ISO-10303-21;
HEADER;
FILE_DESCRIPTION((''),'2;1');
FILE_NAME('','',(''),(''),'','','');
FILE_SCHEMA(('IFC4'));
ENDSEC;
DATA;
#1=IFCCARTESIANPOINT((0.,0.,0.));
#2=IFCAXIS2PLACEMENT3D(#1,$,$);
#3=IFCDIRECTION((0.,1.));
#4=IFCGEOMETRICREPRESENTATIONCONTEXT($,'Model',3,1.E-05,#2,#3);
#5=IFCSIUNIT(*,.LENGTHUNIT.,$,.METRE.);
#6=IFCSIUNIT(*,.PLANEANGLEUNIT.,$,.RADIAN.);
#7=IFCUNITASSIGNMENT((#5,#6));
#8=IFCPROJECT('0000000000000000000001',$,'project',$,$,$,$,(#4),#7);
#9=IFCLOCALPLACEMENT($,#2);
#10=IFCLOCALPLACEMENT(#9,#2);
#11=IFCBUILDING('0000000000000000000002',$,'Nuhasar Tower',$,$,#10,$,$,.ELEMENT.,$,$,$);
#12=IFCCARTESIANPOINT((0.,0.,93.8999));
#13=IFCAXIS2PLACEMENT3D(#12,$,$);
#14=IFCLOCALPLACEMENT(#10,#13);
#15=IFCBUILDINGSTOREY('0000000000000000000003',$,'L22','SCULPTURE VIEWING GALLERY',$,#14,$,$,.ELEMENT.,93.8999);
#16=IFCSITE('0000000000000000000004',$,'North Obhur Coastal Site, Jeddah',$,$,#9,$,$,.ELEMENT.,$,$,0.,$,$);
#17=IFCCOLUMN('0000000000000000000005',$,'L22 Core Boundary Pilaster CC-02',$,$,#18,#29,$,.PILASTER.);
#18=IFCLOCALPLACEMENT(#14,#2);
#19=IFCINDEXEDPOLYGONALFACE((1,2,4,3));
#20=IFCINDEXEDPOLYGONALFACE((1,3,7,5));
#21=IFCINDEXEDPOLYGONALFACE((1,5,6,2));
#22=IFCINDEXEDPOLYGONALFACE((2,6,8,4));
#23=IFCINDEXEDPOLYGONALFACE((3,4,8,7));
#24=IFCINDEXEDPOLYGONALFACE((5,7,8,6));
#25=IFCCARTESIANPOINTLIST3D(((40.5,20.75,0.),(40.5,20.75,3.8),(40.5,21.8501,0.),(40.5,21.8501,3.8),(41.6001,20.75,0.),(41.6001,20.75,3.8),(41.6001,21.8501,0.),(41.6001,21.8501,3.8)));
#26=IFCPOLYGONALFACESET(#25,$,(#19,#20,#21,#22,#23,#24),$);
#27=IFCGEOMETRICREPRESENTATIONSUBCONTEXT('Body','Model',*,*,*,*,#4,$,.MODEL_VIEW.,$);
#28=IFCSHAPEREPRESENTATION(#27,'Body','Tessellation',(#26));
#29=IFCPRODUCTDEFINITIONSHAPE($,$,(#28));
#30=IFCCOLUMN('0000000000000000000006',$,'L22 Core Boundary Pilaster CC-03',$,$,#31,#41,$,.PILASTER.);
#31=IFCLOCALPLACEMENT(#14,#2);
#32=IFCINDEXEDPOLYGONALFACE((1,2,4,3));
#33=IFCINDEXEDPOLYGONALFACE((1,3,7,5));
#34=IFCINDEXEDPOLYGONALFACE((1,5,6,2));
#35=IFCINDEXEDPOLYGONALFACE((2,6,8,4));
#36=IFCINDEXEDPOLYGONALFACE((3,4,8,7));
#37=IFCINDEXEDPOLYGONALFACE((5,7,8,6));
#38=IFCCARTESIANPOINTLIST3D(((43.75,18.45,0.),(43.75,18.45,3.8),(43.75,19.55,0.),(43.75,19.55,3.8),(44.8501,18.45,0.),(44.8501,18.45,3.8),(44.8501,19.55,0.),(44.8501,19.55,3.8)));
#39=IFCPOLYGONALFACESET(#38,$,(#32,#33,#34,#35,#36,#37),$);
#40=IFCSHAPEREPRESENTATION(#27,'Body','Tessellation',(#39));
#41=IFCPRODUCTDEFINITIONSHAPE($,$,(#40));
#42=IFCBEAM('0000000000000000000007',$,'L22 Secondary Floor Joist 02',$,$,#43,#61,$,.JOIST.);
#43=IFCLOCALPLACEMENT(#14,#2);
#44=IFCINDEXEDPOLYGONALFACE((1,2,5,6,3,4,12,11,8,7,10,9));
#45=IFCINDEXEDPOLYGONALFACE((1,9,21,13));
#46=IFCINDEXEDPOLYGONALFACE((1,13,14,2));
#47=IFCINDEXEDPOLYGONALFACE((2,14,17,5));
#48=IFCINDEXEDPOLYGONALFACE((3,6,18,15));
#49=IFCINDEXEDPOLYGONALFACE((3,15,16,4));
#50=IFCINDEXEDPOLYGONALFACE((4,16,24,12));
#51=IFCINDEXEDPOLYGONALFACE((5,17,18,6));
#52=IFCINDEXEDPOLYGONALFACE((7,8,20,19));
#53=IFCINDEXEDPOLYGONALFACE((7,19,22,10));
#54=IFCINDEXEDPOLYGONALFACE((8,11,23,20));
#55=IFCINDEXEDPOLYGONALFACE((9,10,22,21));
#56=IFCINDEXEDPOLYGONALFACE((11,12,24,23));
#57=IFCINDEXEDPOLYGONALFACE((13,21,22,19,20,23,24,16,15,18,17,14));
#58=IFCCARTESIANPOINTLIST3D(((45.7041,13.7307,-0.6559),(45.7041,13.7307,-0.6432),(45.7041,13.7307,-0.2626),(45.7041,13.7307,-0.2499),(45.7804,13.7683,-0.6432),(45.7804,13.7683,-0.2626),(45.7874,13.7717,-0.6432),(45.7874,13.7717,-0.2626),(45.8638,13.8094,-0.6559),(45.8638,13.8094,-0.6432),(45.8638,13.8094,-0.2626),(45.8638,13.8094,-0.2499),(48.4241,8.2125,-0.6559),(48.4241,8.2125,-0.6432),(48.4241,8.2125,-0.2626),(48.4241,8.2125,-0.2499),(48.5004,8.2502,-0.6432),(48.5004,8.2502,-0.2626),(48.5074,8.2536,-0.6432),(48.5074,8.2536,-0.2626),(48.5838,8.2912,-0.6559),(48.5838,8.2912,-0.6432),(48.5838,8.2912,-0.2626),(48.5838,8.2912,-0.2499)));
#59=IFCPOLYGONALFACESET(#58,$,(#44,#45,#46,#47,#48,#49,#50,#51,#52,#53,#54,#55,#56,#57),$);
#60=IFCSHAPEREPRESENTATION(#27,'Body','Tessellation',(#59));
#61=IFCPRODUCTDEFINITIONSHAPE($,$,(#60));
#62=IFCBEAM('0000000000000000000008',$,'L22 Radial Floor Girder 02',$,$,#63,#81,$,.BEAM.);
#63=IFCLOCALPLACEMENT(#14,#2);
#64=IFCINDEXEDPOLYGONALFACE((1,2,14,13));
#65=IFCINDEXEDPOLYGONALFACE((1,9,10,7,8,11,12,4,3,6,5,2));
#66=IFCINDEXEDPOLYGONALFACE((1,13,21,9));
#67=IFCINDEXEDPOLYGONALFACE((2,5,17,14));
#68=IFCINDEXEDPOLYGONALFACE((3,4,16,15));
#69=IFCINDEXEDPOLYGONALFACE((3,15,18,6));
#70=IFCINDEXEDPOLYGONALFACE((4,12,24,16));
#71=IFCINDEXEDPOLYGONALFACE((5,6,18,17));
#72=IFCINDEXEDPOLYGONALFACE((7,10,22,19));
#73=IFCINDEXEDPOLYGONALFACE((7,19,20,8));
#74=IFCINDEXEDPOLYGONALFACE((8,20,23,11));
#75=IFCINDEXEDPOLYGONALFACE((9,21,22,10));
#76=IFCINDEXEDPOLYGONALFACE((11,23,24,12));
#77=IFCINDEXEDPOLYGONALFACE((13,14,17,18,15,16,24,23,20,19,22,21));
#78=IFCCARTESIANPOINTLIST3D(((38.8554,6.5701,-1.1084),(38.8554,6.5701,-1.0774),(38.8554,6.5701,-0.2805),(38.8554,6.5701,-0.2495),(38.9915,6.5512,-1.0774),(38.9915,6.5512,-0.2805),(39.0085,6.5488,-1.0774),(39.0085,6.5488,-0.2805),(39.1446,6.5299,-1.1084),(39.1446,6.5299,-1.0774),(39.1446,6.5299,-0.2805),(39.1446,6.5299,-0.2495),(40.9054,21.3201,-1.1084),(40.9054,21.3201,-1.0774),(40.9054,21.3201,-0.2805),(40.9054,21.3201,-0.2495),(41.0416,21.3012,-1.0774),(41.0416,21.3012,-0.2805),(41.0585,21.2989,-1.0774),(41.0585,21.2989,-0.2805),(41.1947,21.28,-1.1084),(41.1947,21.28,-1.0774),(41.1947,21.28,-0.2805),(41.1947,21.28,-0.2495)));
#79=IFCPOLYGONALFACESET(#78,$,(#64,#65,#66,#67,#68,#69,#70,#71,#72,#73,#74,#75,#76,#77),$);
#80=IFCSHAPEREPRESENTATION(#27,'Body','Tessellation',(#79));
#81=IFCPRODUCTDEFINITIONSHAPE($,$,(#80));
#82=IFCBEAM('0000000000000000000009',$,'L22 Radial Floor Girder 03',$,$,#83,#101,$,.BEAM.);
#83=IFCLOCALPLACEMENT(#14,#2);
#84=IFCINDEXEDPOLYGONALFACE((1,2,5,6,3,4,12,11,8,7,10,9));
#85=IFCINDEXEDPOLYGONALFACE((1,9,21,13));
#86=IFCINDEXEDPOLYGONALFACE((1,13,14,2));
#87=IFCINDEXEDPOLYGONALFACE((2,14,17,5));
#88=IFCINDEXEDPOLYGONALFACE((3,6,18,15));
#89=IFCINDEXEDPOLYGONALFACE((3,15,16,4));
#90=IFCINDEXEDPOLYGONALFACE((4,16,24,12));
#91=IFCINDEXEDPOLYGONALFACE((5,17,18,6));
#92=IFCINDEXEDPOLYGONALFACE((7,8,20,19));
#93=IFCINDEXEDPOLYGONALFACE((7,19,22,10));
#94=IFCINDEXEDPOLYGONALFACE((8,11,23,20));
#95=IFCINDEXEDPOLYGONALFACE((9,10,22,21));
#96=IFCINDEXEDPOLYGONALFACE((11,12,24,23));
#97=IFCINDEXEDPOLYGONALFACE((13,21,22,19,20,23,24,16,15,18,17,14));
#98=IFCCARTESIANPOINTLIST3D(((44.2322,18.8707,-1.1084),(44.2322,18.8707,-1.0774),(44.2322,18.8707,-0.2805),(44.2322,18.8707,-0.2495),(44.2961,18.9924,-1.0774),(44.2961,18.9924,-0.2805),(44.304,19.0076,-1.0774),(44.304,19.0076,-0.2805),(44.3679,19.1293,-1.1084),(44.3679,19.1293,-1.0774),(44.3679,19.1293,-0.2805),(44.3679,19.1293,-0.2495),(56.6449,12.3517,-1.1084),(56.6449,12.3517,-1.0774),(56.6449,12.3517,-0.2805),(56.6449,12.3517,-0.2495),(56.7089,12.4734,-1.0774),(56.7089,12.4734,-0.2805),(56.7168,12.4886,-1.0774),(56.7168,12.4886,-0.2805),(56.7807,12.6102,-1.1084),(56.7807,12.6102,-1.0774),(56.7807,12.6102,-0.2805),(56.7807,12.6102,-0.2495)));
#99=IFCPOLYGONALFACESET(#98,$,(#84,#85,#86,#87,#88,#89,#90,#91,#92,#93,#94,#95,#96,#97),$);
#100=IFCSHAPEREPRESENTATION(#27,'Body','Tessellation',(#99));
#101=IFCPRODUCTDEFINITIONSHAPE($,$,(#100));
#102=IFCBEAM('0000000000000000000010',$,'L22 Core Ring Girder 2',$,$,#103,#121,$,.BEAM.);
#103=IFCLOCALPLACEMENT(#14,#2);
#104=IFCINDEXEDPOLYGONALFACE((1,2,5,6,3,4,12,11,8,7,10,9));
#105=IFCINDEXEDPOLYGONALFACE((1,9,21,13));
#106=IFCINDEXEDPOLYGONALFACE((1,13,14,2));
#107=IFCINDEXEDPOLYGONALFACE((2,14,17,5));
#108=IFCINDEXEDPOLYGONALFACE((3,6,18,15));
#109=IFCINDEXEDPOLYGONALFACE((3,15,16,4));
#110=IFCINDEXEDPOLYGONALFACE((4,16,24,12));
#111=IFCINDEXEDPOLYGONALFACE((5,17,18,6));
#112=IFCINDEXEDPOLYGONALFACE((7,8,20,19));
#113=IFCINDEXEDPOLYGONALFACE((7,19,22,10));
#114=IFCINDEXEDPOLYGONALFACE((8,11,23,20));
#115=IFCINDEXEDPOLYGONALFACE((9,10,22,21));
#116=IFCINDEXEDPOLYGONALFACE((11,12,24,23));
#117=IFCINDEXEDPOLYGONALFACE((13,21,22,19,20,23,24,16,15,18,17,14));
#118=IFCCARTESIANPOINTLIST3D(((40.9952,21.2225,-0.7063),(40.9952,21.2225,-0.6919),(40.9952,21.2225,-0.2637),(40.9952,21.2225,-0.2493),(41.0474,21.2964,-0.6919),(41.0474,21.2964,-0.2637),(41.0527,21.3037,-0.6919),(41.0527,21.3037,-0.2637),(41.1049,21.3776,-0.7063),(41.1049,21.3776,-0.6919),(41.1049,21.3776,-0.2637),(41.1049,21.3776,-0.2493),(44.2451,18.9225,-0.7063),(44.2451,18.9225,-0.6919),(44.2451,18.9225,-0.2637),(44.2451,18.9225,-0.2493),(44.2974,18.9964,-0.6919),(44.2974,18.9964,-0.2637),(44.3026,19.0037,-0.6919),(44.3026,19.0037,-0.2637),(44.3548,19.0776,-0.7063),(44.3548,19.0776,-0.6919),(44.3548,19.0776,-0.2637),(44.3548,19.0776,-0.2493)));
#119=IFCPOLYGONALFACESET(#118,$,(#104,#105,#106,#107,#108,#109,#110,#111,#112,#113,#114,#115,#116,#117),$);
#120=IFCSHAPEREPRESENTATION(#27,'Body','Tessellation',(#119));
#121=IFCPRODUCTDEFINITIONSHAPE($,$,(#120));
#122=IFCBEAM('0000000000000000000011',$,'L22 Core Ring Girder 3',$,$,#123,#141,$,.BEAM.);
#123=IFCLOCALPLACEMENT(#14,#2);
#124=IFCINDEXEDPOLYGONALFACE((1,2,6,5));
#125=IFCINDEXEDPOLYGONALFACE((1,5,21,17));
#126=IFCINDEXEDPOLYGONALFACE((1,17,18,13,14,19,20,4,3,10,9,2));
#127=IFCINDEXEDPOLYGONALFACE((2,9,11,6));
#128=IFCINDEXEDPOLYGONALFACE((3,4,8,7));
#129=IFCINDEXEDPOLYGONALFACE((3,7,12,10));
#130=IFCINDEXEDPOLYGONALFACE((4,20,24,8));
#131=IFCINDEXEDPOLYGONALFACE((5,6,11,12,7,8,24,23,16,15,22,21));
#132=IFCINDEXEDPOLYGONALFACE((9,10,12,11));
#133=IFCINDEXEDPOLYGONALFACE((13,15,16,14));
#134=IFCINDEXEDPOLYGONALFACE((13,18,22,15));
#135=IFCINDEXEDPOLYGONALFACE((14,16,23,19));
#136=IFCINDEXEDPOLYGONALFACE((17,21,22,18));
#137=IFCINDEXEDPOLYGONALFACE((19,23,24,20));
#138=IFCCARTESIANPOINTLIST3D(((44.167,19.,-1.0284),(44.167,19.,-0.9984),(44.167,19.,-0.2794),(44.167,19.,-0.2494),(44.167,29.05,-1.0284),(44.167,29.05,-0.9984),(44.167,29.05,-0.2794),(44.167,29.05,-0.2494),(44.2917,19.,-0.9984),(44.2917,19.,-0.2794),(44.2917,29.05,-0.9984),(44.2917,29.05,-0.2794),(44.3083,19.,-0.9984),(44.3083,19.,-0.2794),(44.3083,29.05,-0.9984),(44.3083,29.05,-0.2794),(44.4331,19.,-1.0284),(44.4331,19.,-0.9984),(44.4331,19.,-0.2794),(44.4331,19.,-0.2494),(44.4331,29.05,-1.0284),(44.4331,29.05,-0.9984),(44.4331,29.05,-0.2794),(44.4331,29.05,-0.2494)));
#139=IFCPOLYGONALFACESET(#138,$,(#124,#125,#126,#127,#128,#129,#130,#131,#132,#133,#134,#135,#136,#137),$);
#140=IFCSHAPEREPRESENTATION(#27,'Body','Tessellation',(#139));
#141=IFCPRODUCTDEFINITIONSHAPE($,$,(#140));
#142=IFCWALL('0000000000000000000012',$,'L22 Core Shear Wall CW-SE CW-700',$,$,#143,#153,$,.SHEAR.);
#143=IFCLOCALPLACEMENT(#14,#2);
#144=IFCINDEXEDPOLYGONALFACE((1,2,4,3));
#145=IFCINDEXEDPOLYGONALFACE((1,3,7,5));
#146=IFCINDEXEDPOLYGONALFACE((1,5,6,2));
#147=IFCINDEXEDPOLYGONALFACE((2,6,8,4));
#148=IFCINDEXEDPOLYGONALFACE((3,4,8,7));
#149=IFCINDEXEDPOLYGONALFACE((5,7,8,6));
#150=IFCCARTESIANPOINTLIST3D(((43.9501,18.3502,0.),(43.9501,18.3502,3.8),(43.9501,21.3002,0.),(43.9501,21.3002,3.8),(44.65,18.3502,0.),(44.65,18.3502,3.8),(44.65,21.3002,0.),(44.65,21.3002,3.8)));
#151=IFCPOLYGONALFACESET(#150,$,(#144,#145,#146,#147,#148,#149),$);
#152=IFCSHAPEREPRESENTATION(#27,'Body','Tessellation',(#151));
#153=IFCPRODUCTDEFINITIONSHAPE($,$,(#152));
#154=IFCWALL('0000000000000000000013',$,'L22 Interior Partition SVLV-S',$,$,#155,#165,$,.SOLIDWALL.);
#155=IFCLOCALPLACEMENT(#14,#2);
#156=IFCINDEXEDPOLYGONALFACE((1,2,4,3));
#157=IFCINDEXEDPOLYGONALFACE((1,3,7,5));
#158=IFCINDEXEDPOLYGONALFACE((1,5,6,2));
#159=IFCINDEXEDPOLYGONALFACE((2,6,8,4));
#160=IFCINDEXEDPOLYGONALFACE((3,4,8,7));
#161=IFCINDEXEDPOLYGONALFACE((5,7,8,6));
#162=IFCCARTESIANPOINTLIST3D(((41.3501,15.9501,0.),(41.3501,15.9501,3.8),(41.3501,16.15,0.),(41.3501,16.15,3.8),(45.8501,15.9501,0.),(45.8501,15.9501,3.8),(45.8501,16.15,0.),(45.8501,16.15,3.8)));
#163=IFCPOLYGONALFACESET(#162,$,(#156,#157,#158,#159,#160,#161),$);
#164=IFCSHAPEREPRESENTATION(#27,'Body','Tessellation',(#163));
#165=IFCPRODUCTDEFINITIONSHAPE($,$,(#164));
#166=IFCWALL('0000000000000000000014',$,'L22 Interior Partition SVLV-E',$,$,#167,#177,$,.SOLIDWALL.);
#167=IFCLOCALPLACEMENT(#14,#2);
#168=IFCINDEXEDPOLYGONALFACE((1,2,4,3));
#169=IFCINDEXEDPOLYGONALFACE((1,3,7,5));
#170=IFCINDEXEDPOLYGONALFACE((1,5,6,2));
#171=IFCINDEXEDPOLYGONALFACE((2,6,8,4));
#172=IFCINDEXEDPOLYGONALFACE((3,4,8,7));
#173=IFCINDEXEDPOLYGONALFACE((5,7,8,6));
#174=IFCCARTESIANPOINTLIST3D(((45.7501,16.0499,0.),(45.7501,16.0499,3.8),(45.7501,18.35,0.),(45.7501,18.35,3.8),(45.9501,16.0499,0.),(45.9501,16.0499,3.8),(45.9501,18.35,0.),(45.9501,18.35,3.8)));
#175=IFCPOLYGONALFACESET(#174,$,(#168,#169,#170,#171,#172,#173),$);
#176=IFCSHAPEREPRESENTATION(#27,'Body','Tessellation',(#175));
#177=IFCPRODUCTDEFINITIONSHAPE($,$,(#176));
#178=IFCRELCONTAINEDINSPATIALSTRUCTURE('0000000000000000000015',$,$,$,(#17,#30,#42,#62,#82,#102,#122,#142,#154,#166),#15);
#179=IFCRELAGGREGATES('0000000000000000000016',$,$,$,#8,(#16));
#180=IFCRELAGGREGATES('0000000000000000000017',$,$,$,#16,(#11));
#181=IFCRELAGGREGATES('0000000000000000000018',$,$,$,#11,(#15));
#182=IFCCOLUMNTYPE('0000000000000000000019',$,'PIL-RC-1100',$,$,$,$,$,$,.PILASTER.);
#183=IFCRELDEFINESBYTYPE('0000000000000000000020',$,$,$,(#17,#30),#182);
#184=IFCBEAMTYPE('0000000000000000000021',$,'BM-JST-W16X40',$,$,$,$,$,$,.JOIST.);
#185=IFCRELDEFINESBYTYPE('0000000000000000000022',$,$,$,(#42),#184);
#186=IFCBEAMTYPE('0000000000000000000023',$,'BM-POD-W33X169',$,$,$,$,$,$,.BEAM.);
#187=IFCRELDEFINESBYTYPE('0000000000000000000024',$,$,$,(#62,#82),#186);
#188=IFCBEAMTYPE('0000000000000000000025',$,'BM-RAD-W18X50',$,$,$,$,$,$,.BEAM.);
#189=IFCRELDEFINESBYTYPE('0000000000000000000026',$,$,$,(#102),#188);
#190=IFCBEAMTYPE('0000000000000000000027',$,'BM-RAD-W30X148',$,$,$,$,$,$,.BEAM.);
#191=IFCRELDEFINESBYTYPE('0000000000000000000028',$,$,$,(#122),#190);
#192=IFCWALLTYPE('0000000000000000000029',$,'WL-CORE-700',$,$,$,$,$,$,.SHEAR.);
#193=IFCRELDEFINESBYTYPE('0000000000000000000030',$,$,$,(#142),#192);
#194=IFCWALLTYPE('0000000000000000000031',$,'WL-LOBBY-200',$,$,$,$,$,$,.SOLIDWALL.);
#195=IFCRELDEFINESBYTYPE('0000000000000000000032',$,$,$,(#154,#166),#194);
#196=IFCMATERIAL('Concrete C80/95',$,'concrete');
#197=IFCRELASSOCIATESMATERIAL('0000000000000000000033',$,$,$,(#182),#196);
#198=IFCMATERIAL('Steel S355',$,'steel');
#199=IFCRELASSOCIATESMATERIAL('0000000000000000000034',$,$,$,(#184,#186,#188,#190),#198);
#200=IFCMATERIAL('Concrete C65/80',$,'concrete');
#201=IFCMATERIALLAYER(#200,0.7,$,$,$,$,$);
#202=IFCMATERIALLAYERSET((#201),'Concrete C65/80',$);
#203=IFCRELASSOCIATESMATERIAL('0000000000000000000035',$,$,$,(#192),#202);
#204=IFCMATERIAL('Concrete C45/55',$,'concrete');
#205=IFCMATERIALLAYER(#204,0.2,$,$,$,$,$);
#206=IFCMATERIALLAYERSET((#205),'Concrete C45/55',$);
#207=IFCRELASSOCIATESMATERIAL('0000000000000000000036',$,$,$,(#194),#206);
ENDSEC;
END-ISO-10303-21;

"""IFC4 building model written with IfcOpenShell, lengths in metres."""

from ifc_helpers import new_model, si_unit, direction, frame, frame_2d, origin, origin_2d, place, context, subcontext, project, spatial, rectangle, i_section, extrude, material, layer, layer_set, material_profile, profile_set, type_object, element, save


model = new_model("IFC4")

# Units and contexts
model_context = context("Model", 3, precision=1e-05, world=origin(), true_north=direction((0.0, 1.0)))
body_context = subcontext(model_context, "Body", "Model", "MODEL_VIEW")
ifc_project = project(units=[si_unit("LENGTHUNIT", "METRE"), si_unit("PLANEANGLEUNIT", "RADIAN")], contexts=[model_context])

# Site, building, storey
site_placement = place(None, origin())
site = spatial("IfcSite", under=ifc_project, at=site_placement, Name="North Obhur Coastal Site, Jeddah", CompositionType="ELEMENT", RefElevation=0.0)
building_placement = place(site_placement, origin())
building = spatial("IfcBuilding", under=site, at=building_placement, Name="Nuhasar Tower", CompositionType="ELEMENT")
storey_placement = place(building_placement, frame((0.0, 0.0, 93.8999)))
storey = spatial("IfcBuildingStorey", under=building, at=storey_placement, Name="L22", Description="SCULPTURE VIEWING GALLERY", CompositionType="ELEMENT", Elevation=93.8999)

# Columns
ifc_material_1 = material(Name="Concrete C80/95", Category="concrete")
ifc_material_profile_1 = material_profile(ifc_material_1, rectangle(XDim=1.1001, YDim=1.1001, at=origin_2d()), Name="RC1100X1100")
ifc_profile_set_1 = profile_set([ifc_material_profile_1], Name="Concrete C80/95")
column_type = type_object("IfcColumnType", Name="PIL-RC-1100", PredefinedType="PILASTER", material=ifc_profile_set_1)
for number, where, z_axis, x_axis, name in (
    (1, (41.05, 21.3, 0.0), (0.0, 0.0, 1.0), (1.0, 0.0, 0.0), "L22 Core Boundary Pilaster CC-02"),
    (2, (44.3, 19.0, 0.0), (0.0, 0.0, 1.0), (1.0, 0.0, 0.0), "L22 Core Boundary Pilaster CC-03"),
):
    element("IfcColumn", number, at=place(storey_placement, frame(where, z_axis=z_axis, x_axis=x_axis)), inside=storey, type_object=column_type, Name=name, PredefinedType="PILASTER", context=body_context, shape_type="SweptSolid", body=[
        extrude(rectangle(XDim=1.1001, YDim=1.1001, at=origin_2d()), origin(), (0.0, 0.0, 1.0), 3.8),
    ])

# Beams
ifc_material_2 = material(Name="Steel S355", Category="steel")
ifc_material_profile_2 = material_profile(ifc_material_2, i_section(OverallWidth=0.178, OverallDepth=0.406, WebThickness=0.0078, FlangeThickness=0.0127, at=origin_2d()), Name="W16X40")
ifc_profile_set_2 = profile_set([ifc_material_profile_2], Name="Steel S355")
beam_type_1 = type_object("IfcBeamType", Name="BM-JST-W16X40", PredefinedType="JOIST", material=ifc_profile_set_2)
beam_1_placement = place(storey_placement, frame((45.7839, 13.77, -0.4529), z_axis=(0.442127, -0.896953, 0.0), x_axis=(0.896953, 0.442127, 0.0)))
element("IfcBeam", 3, at=beam_1_placement, inside=storey, type_object=beam_type_1, Name="L22 Secondary Floor Joist 02", PredefinedType="JOIST", context=body_context, shape_type="SweptSolid", body=[
    extrude(i_section(OverallWidth=0.178, OverallDepth=0.406, WebThickness=0.0078, FlangeThickness=0.0127, at=origin_2d()), origin(), (0.0, 0.0, 1.0), 6.1521),
])
ifc_material_profile_3 = material_profile(ifc_material_2, i_section(OverallWidth=0.292, OverallDepth=0.8589, WebThickness=0.0171, FlangeThickness=0.031, at=origin_2d()), Name="W33X169")
ifc_profile_set_3 = profile_set([ifc_material_profile_3], Name="Steel S355")
beam_type_2 = type_object("IfcBeamType", Name="BM-POD-W33X169", PredefinedType="BEAM", material=ifc_profile_set_3)
beam_2_placement = place(storey_placement, frame((41.05, 21.3, -0.679), z_axis=(-0.137663, -0.990479, 0.0), x_axis=(0.990479, -0.137663, 0.0)))
element("IfcBeam", 4, at=beam_2_placement, inside=storey, type_object=beam_type_2, Name="L22 Radial Floor Girder 02", PredefinedType="BEAM", context=body_context, shape_type="SweptSolid", body=[
    extrude(i_section(OverallWidth=0.292, OverallDepth=0.8589, WebThickness=0.0171, FlangeThickness=0.031, at=origin_2d()), origin(), (0.0, 0.0, 1.0), 14.8918),
])
beam_3_placement = place(storey_placement, frame((44.3, 19.0, -0.679), z_axis=(0.88533, -0.464963, 0.0), x_axis=(0.464963, 0.88533, 0.0)))
element("IfcBeam", 5, at=beam_3_placement, inside=storey, type_object=beam_type_2, Name="L22 Radial Floor Girder 03", PredefinedType="BEAM", context=body_context, shape_type="SweptSolid", body=[
    extrude(i_section(OverallWidth=0.292, OverallDepth=0.8589, WebThickness=0.0171, FlangeThickness=0.031, at=origin_2d()), origin(), (0.0, 0.0, 1.0), 14.0205),
])
ifc_material_profile_4 = material_profile(ifc_material_2, i_section(OverallWidth=0.1899, OverallDepth=0.457, WebThickness=0.009, FlangeThickness=0.0144, at=origin_2d()), Name="W18X50")
ifc_profile_set_4 = profile_set([ifc_material_profile_4], Name="Steel S355")
beam_type_3 = type_object("IfcBeamType", Name="BM-RAD-W18X50", PredefinedType="BEAM", material=ifc_profile_set_4)
beam_4_placement = place(storey_placement, frame((41.05, 21.3, -0.4778), z_axis=(0.816265, -0.577677, 0.0), x_axis=(0.577677, 0.816265, 0.0)))
element("IfcBeam", 6, at=beam_4_placement, inside=storey, type_object=beam_type_3, Name="L22 Core Ring Girder 2", PredefinedType="BEAM", context=body_context, shape_type="SweptSolid", body=[
    extrude(i_section(OverallWidth=0.1899, OverallDepth=0.457, WebThickness=0.009, FlangeThickness=0.0144, at=origin_2d()), origin(), (0.0, 0.0, 1.0), 3.9814),
])
ifc_material_profile_5 = material_profile(ifc_material_2, i_section(OverallWidth=0.2661, OverallDepth=0.7791, WebThickness=0.0166, FlangeThickness=0.03, at=origin_2d()), Name="W30X148")
ifc_profile_set_5 = profile_set([ifc_material_profile_5], Name="Steel S355")
beam_type_4 = type_object("IfcBeamType", Name="BM-RAD-W30X148", PredefinedType="BEAM", material=ifc_profile_set_5)
beam_5_placement = place(storey_placement, frame((44.3, 19.0, -0.6389), z_axis=(0.0, 1.0, 0.0), x_axis=(-1.0, 0.0, 0.0)))
element("IfcBeam", 7, at=beam_5_placement, inside=storey, type_object=beam_type_4, Name="L22 Core Ring Girder 3", PredefinedType="BEAM", context=body_context, shape_type="SweptSolid", body=[
    extrude(i_section(OverallWidth=0.2661, OverallDepth=0.7791, WebThickness=0.0166, FlangeThickness=0.03, at=origin_2d()), origin(), (0.0, 0.0, 1.0), 10.05),
])

# Wall
ifc_material_3 = material(Name="Concrete C65/80", Category="concrete")
ifc_layer_1 = layer(ifc_material_3, 0.7)
ifc_layer_set_1 = layer_set([ifc_layer_1], Name="Concrete C65/80")
wall_type_1 = type_object("IfcWallType", Name="WL-CORE-700", PredefinedType="SHEAR", material=ifc_layer_set_1)
wall_1_placement = place(storey_placement, frame((44.3, 18.3501, 0.0), z_axis=(0.0, 0.0, 1.0), x_axis=(0.0, 1.0, 0.0)))
element("IfcWall", 8, at=wall_1_placement, inside=storey, type_object=wall_type_1, Name="L22 Core Shear Wall CW-SE CW-700", PredefinedType="SHEAR", context=body_context, shape_type="SweptSolid", body=[
    extrude(rectangle(XDim=2.95, YDim=0.7, at=frame_2d((1.4751, 0.0))), origin(), (0.0, 0.0, 1.0), 3.8),
])

# Shared definitions
ifc_material_4 = material(Name="Concrete C45/55", Category="concrete")
ifc_layer_2 = layer(ifc_material_4, 0.2)
ifc_layer_set_2 = layer_set([ifc_layer_2], Name="Concrete C45/55")
wall_type_2 = type_object("IfcWallType", Name="WL-LOBBY-200", PredefinedType="SOLIDWALL", material=ifc_layer_set_2)

# Walls
wall_2_placement = place(storey_placement, frame((41.3501, 16.05, 0.0), z_axis=(0.0, 0.0, 1.0), x_axis=(1.0, 0.0, 0.0)))
element("IfcWall", 9, at=wall_2_placement, inside=storey, type_object=wall_type_2, Name="L22 Interior Partition SVLV-S", PredefinedType="SOLIDWALL", context=body_context, shape_type="SweptSolid", body=[
    extrude(rectangle(XDim=4.5, YDim=0.2, at=frame_2d((2.25, 0.0))), origin(), (0.0, 0.0, 1.0), 3.8),
])
wall_3_placement = place(storey_placement, frame((45.8501, 16.05, 0.0), z_axis=(0.0, 0.0, 1.0), x_axis=(0.0, 1.0, 0.0)))
element("IfcWall", 10, at=wall_3_placement, inside=storey, type_object=wall_type_2, Name="L22 Interior Partition SVLV-E", PredefinedType="SOLIDWALL", context=body_context, shape_type="SweptSolid", body=[
    extrude(rectangle(XDim=2.3, YDim=0.2, at=frame_2d((1.1499, 0.0))), origin(), (0.0, 0.0, 1.0), 3.8),
])

save(model, "model.ifc")
